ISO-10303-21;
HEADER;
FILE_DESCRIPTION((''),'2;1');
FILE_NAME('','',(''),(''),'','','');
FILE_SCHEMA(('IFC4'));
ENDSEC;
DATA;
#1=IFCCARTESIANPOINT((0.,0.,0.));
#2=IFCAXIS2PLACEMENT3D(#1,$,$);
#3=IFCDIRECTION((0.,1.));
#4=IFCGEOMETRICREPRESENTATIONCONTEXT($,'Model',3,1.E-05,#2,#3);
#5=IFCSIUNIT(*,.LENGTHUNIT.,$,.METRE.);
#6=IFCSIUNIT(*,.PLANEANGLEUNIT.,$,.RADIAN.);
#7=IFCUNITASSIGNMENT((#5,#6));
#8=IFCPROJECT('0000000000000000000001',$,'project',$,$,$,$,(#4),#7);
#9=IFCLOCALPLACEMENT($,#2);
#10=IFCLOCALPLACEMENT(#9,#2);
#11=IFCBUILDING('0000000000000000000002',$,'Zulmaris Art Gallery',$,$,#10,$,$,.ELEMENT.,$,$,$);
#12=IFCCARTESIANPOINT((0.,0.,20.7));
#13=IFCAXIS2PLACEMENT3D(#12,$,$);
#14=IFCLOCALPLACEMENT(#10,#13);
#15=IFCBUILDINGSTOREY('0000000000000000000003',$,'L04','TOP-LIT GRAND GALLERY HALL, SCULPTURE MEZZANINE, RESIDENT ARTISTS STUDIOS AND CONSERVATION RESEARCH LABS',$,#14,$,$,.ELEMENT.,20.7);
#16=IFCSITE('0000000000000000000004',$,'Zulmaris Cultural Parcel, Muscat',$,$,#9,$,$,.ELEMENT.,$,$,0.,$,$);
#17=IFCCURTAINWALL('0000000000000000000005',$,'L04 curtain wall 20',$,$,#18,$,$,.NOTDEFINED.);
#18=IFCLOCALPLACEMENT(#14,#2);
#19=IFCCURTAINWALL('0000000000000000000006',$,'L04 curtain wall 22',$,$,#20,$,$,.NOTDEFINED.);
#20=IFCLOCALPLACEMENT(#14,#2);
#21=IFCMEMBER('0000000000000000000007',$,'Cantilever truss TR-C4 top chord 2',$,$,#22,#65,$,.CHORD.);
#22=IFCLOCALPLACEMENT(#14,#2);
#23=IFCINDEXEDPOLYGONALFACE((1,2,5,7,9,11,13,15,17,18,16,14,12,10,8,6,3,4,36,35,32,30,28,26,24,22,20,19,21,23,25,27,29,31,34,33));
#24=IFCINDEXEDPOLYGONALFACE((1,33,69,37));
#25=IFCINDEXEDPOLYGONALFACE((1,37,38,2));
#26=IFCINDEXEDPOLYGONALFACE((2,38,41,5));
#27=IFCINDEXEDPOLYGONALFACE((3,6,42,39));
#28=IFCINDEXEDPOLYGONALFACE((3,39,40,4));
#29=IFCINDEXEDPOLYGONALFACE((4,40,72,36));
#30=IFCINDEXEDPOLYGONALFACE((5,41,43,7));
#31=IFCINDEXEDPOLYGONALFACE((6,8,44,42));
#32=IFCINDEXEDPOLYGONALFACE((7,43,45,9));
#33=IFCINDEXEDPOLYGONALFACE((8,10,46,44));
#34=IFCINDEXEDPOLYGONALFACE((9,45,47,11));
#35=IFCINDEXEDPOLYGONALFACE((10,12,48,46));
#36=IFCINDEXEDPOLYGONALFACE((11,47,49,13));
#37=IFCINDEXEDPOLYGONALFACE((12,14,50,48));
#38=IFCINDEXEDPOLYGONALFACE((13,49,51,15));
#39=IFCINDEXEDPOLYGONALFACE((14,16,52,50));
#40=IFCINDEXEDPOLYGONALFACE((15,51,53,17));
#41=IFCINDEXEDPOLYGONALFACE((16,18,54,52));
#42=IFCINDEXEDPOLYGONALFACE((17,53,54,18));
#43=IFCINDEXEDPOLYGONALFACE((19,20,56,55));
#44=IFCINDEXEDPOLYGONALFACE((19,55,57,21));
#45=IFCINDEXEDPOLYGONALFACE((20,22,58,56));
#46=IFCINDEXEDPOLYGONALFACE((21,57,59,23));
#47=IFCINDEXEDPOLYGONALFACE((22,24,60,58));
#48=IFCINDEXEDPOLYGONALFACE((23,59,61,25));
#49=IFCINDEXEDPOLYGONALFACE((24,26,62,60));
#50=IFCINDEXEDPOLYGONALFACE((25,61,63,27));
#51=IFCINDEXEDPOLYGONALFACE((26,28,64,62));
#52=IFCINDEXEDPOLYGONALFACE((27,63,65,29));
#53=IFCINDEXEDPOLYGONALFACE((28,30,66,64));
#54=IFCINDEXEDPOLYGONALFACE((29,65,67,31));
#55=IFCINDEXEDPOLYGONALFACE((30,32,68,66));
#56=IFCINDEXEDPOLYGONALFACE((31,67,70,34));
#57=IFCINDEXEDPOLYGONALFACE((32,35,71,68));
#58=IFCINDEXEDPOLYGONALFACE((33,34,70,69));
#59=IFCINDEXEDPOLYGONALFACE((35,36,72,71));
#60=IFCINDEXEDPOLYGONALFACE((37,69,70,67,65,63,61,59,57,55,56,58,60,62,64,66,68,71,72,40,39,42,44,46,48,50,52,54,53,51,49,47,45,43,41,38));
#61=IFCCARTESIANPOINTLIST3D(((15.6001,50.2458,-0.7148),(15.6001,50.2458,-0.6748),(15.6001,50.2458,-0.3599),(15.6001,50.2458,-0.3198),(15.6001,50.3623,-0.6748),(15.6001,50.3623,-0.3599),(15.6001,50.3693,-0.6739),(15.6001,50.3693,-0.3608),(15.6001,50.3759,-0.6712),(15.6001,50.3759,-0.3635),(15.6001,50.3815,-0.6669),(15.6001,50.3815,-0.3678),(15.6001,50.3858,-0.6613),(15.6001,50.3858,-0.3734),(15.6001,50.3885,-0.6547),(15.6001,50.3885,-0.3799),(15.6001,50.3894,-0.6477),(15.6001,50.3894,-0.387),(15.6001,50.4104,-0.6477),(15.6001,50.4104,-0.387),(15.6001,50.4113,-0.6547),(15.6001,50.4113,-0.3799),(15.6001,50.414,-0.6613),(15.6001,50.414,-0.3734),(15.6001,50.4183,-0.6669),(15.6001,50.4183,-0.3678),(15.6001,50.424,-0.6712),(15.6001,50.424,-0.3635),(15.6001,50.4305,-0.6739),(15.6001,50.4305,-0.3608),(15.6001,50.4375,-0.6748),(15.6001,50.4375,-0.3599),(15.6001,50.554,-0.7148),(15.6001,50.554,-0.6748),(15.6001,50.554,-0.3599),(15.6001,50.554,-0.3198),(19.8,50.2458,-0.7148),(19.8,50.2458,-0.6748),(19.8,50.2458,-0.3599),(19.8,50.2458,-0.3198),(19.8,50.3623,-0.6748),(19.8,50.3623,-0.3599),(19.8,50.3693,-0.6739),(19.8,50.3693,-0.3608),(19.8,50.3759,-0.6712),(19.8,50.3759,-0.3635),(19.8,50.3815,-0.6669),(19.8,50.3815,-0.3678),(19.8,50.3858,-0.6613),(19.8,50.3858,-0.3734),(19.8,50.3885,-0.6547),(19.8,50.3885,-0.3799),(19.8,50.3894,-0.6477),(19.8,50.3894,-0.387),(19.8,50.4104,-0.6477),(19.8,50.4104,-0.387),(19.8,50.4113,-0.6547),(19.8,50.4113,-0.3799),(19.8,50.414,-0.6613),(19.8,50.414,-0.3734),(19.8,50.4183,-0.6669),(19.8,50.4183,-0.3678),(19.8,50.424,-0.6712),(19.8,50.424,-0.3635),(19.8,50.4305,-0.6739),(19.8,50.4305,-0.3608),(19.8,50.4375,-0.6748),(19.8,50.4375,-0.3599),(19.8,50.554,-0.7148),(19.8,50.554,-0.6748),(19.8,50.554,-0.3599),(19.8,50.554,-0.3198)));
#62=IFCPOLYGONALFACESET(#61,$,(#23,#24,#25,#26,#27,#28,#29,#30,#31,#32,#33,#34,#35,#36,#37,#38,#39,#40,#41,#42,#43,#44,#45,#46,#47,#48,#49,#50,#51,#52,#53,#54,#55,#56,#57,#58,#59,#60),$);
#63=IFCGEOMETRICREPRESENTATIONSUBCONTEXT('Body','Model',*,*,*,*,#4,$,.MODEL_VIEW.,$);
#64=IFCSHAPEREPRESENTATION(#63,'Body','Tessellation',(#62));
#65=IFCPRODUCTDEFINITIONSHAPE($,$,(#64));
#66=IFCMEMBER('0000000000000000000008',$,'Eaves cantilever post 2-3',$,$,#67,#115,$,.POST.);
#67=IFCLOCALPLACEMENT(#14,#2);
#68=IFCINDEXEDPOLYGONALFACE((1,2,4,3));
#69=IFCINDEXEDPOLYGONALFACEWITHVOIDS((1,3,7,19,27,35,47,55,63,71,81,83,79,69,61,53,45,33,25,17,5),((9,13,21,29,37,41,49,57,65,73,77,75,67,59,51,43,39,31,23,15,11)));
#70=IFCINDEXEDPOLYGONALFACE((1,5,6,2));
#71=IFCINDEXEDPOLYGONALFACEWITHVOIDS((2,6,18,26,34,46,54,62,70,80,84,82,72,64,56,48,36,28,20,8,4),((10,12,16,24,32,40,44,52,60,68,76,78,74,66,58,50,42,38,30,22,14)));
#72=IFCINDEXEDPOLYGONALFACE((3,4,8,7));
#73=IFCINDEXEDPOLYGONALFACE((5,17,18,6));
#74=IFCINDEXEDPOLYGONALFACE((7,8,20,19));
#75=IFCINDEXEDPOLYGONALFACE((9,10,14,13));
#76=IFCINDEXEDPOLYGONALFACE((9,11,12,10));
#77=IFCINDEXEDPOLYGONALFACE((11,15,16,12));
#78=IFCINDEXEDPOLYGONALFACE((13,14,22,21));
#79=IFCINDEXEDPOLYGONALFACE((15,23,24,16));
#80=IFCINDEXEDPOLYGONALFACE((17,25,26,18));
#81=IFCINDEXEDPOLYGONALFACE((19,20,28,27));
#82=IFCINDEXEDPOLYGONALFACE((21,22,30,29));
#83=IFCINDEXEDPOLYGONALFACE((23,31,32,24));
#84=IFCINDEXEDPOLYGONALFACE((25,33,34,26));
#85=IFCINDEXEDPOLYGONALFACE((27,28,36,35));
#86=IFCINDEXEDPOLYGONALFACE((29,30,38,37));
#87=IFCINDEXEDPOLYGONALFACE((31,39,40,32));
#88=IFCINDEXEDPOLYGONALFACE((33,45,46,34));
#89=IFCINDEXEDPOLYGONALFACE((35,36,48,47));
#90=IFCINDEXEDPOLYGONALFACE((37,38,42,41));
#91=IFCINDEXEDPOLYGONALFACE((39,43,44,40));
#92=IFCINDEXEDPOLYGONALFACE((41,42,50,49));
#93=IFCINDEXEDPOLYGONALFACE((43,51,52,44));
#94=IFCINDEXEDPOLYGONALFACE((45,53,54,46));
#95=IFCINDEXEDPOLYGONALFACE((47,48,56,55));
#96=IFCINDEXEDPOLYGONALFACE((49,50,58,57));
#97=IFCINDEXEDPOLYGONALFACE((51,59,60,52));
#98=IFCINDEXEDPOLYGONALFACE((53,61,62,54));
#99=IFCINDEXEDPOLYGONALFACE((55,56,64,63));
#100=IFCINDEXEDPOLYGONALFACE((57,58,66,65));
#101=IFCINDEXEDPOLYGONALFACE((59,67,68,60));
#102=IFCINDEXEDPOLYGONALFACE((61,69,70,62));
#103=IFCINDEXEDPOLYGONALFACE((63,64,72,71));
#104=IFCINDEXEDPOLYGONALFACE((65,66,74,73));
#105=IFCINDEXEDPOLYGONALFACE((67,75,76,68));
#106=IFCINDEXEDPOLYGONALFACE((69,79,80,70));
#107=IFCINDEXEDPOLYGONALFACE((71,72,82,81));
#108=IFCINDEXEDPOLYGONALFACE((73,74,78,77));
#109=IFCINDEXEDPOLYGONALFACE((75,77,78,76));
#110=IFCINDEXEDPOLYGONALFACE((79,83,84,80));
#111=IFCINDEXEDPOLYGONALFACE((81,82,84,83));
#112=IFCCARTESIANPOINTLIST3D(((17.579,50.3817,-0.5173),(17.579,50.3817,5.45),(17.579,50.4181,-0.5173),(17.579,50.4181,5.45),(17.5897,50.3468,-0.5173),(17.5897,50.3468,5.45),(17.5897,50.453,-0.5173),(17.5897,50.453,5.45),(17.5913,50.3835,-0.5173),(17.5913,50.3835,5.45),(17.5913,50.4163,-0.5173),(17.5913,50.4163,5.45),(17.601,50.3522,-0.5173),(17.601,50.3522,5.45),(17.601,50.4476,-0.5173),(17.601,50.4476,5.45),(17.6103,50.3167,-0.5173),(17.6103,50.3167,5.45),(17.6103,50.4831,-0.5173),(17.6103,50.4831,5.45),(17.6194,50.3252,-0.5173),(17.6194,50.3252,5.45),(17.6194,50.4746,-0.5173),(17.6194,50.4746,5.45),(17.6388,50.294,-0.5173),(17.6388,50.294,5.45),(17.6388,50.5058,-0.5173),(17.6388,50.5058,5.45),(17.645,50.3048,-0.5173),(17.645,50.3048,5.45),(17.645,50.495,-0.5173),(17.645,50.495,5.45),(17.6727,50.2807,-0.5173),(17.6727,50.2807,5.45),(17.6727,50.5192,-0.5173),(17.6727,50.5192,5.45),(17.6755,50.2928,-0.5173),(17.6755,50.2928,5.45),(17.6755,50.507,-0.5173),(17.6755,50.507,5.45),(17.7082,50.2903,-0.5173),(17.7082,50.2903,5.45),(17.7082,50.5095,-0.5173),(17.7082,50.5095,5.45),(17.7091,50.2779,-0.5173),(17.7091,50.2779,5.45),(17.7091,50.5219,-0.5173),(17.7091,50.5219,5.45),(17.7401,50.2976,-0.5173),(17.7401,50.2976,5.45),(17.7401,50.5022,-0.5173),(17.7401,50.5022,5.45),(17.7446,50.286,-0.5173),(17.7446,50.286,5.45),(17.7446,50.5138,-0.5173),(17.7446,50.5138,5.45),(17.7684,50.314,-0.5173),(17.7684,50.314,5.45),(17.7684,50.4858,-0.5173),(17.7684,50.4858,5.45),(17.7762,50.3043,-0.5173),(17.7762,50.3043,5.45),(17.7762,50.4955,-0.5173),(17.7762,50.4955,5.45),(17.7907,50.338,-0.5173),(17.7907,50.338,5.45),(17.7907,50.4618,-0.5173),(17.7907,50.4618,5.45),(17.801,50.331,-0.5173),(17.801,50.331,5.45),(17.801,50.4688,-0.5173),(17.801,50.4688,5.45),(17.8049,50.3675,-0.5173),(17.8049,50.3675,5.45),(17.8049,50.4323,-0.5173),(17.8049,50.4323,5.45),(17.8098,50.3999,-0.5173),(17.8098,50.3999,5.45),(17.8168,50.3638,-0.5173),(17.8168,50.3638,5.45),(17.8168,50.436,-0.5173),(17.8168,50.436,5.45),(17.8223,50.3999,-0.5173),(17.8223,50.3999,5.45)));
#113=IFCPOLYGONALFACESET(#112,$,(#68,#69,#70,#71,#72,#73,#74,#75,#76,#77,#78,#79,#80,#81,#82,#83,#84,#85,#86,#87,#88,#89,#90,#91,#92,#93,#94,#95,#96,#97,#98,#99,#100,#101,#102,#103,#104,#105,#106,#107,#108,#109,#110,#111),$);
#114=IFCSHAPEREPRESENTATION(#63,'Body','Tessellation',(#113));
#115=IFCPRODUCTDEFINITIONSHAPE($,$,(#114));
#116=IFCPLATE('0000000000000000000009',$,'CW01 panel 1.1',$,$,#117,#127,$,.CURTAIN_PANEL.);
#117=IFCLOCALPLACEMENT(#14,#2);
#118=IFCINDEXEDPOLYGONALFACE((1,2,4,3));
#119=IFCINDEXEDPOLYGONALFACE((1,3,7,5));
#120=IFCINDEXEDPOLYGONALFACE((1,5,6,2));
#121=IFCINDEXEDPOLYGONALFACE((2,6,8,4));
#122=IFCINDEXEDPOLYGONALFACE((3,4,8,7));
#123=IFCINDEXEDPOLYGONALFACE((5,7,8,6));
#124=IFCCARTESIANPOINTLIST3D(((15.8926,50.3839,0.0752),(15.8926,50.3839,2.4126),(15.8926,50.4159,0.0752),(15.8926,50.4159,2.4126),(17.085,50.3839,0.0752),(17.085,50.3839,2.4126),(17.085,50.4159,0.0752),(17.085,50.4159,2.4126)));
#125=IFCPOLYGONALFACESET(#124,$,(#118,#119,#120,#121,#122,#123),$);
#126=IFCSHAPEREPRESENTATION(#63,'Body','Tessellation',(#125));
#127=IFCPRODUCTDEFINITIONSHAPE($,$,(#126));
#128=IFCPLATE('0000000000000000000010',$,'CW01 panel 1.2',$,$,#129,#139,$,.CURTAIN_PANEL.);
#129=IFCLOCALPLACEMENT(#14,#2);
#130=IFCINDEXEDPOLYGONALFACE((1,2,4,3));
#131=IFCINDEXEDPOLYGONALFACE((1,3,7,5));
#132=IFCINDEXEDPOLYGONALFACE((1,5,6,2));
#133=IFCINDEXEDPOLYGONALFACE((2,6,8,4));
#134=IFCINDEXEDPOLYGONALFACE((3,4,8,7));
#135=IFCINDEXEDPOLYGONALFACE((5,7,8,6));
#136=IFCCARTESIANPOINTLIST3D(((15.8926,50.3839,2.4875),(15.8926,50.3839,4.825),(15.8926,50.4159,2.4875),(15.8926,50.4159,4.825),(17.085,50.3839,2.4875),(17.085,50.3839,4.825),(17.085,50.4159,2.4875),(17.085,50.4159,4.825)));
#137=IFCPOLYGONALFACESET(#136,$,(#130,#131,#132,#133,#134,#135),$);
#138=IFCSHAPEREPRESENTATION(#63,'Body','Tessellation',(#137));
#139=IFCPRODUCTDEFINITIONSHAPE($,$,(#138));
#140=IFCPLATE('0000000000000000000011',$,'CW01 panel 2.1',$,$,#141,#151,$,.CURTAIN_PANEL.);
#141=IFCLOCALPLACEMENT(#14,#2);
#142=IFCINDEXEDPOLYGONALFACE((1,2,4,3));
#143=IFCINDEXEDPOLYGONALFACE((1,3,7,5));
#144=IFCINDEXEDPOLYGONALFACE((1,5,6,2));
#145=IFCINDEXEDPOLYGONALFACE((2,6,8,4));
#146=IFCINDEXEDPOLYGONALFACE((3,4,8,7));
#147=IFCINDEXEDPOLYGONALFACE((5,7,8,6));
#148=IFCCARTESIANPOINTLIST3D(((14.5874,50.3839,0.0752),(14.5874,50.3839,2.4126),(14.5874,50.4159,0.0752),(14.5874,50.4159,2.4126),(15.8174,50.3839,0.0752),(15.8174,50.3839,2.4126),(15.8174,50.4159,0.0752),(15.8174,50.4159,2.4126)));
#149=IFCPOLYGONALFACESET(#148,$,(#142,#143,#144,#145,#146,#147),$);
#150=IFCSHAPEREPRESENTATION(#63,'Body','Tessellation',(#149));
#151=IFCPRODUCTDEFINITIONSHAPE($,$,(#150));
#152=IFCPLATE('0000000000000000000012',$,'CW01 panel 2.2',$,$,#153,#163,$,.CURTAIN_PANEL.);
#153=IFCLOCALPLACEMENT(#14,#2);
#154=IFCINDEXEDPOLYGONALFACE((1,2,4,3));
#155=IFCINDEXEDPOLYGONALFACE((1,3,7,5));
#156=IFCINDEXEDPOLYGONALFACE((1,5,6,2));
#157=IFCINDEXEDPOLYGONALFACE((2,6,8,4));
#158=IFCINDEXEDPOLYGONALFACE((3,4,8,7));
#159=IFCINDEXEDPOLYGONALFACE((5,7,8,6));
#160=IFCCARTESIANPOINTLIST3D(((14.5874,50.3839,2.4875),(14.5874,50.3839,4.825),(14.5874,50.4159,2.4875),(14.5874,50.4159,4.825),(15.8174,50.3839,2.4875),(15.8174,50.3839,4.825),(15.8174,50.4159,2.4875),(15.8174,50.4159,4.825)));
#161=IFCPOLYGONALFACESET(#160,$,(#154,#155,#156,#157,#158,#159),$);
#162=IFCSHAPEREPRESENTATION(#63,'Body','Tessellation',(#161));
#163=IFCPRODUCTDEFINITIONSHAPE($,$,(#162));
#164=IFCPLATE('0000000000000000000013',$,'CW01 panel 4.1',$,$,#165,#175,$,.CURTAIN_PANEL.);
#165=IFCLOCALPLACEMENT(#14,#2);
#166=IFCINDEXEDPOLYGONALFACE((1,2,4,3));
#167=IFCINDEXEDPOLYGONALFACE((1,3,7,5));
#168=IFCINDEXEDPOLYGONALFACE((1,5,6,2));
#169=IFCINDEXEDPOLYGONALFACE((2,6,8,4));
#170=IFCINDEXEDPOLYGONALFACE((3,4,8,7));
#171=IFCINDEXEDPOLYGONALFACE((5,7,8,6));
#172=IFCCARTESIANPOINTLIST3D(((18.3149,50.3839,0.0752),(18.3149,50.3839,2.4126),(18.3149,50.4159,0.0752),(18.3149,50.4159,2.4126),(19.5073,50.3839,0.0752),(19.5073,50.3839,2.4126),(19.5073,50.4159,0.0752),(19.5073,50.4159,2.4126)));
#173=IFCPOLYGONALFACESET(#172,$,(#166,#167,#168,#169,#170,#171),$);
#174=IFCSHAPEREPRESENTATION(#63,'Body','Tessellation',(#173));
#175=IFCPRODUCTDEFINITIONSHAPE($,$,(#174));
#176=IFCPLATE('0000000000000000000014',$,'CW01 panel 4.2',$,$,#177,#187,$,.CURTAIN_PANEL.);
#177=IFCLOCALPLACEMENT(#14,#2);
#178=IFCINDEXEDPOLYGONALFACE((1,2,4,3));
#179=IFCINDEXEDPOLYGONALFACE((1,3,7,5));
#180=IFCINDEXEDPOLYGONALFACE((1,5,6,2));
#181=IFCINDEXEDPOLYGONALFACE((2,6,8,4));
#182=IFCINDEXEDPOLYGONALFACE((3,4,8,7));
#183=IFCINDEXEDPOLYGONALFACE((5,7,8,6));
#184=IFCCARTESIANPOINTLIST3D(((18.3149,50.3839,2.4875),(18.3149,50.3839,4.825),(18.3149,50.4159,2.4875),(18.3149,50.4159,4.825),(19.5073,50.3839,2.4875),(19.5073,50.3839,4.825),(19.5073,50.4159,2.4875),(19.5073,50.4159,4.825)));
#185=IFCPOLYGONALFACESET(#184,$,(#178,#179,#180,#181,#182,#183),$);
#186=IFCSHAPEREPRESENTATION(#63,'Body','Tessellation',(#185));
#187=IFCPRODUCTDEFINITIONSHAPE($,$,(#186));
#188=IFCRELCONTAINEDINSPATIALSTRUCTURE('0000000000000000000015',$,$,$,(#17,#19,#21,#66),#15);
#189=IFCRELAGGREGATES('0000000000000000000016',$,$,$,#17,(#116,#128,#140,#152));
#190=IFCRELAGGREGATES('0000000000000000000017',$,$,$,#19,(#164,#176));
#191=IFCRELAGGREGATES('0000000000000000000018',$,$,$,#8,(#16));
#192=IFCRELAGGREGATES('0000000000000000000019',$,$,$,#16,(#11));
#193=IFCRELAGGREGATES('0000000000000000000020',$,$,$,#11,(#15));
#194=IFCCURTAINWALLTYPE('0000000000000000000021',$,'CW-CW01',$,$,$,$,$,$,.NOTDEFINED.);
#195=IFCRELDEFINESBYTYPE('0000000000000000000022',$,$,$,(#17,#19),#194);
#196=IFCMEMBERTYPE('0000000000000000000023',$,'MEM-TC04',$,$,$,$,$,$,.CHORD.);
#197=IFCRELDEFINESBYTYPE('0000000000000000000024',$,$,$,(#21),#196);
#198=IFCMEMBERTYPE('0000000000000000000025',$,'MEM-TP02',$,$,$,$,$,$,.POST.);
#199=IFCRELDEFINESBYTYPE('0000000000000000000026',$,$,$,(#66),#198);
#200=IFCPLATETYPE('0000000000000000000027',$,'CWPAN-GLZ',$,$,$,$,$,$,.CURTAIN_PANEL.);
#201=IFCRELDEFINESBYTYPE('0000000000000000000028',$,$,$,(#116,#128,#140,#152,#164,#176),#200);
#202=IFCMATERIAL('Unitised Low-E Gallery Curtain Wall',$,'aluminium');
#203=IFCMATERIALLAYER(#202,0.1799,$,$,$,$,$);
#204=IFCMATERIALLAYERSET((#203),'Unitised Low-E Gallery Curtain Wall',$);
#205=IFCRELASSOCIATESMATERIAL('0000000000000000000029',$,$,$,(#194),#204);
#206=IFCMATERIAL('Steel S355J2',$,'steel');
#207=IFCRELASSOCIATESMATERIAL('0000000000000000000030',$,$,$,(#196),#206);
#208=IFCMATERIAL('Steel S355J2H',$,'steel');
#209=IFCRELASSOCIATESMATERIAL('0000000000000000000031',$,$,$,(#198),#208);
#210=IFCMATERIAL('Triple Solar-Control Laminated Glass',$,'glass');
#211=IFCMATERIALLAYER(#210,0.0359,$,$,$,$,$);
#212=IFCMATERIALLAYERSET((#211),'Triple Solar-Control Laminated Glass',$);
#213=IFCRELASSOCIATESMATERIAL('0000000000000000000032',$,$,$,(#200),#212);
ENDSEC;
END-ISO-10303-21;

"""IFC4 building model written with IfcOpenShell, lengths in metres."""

from ifc_helpers import new_model, si_unit, direction, frame, origin, origin_2d, place, context, subcontext, project, spatial, rectangle, hollow_circle, i_section, extrude, material, layer, layer_set, material_profile, profile_set, type_object, element, aggregate, save


model = new_model("IFC4")

# Units and contexts
model_context = context("Model", 3, precision=1e-05, world=origin(), true_north=direction((0.0, 1.0)))
body_context = subcontext(model_context, "Body", "Model", "MODEL_VIEW")
ifc_project = project(units=[si_unit("LENGTHUNIT", "METRE"), si_unit("PLANEANGLEUNIT", "RADIAN")], contexts=[model_context])

# Site, building, storey
site_placement = place(None, origin())
site = spatial("IfcSite", under=ifc_project, at=site_placement, Name="Zulmaris Cultural Parcel, Muscat", CompositionType="ELEMENT", RefElevation=0.0)
building_placement = place(site_placement, origin())
building = spatial("IfcBuilding", under=site, at=building_placement, Name="Zulmaris Art Gallery", CompositionType="ELEMENT")
storey_placement = place(building_placement, frame((0.0, 0.0, 20.7)))
storey = spatial("IfcBuildingStorey", under=building, at=storey_placement, Name="L04", Description="TOP-LIT GRAND GALLERY HALL, SCULPTURE MEZZANINE, RESIDENT ARTISTS STUDIOS AND CONSERVATION RESEARCH LABS", CompositionType="ELEMENT", Elevation=20.7)

# Curtain wall
ifc_material_1 = material(Name="Unitised Low-E Gallery Curtain Wall", Category="aluminium")
ifc_layer_1 = layer(ifc_material_1, 0.1799)
ifc_layer_set_1 = layer_set([ifc_layer_1], Name="Unitised Low-E Gallery Curtain Wall")
curtain_wall_type = type_object("IfcCurtainWallType", Name="CW-CW01", PredefinedType="NOTDEFINED", material=ifc_layer_set_1)
curtain_wall_1_placement = place(storey_placement, origin())
curtain_wall_1 = element("IfcCurtainWall", 1, at=curtain_wall_1_placement, inside=storey, type_object=curtain_wall_type, Name="L04 curtain wall 20", PredefinedType="NOTDEFINED")

# Curtain wall
curtain_wall_2_placement = place(storey_placement, origin())
curtain_wall_2 = element("IfcCurtainWall", 2, at=curtain_wall_2_placement, inside=storey, type_object=curtain_wall_type, Name="L04 curtain wall 22", PredefinedType="NOTDEFINED")

# Members
ifc_material_2 = material(Name="Steel S355J2H", Category="steel")
ifc_material_3 = material(Name="Steel S355J2", Category="steel")
ifc_material_profile_1 = material_profile(ifc_material_3, i_section(OverallWidth=0.3081, OverallDepth=0.395, WebThickness=0.021, FlangeThickness=0.04, FilletRadius=0.0271, at=origin_2d()), Name="HEM 360")
ifc_profile_set_1 = profile_set([ifc_material_profile_1], Name="Steel S355J2")
member_type_1 = type_object("IfcMemberType", Name="MEM-TC04", PredefinedType="CHORD", material=ifc_profile_set_1)
member_1_placement = place(storey_placement, frame((15.6001, 50.3999, -0.5173), z_axis=(1.0, 0.0, 0.0), x_axis=(0.0, 1.0, 0.0)))
element("IfcMember", 3, at=member_1_placement, inside=storey, type_object=member_type_1, Name="Cantilever truss TR-C4 top chord 2", PredefinedType="CHORD", context=body_context, shape_type="SweptSolid", body=[
    extrude(i_section(OverallWidth=0.3081, OverallDepth=0.395, WebThickness=0.021, FlangeThickness=0.04, FilletRadius=0.0271, at=origin_2d()), origin(), (0.0, 0.0, 1.0), 4.2),
])
ifc_material_profile_2 = material_profile(ifc_material_2, hollow_circle(Radius=0.1223, WallThickness=0.0125, at=origin_2d()), Name="CHS 244.5x12.5")
ifc_profile_set_2 = profile_set([ifc_material_profile_2], Name="Steel S355J2H")
member_type_2 = type_object("IfcMemberType", Name="MEM-TP02", PredefinedType="POST", material=ifc_profile_set_2)
member_2_placement = place(storey_placement, frame((17.7, 50.3999, -0.5173), z_axis=(0.0, 0.0, 1.0), x_axis=(1.0, 0.0, 0.0)))
element("IfcMember", 4, at=member_2_placement, inside=storey, type_object=member_type_2, Name="Eaves cantilever post 2-3", PredefinedType="POST", context=body_context, shape_type="SweptSolid", body=[
    extrude(hollow_circle(Radius=0.1223, WallThickness=0.0125, at=origin_2d()), origin(), (0.0, 0.0, 1.0), 5.9673),
])

# Plates
ifc_material_4 = material(Name="Triple Solar-Control Laminated Glass", Category="glass")
ifc_layer_2 = layer(ifc_material_4, 0.0359)
ifc_layer_set_2 = layer_set([ifc_layer_2], Name="Triple Solar-Control Laminated Glass")
plate_type_1 = type_object("IfcPlateType", Name="CWPAN-GLZ", PredefinedType="CURTAIN_PANEL", material=ifc_layer_set_2)
plate_1_placement = place(storey_placement, frame((16.4888, 50.3999, 0.0752), z_axis=(0.0, 0.0, 1.0), x_axis=(-1.0, 0.0, 0.0)))
plate_1 = element("IfcPlate", 5, at=plate_1_placement, type_object=plate_type_1, Name="CW01 panel 1.1", PredefinedType="CURTAIN_PANEL", context=body_context, shape_type="SweptSolid", body=[
    extrude(rectangle(XDim=1.1924, YDim=0.032, at=origin_2d()), origin(), (0.0, 0.0, 1.0), 2.3374),
])
plate_2_placement = place(storey_placement, frame((16.4888, 50.3999, 2.4875), z_axis=(0.0, 0.0, 1.0), x_axis=(-1.0, 0.0, 0.0)))
plate_2 = element("IfcPlate", 6, at=plate_2_placement, type_object=plate_type_1, Name="CW01 panel 1.2", PredefinedType="CURTAIN_PANEL", context=body_context, shape_type="SweptSolid", body=[
    extrude(rectangle(XDim=1.1924, YDim=0.032, at=origin_2d()), origin(), (0.0, 0.0, 1.0), 2.3374),
])
plate_3_placement = place(storey_placement, frame((15.2024, 50.3999, 0.0752), z_axis=(0.0, 0.0, 1.0), x_axis=(-1.0, 0.0, 0.0)))
plate_3 = element("IfcPlate", 7, at=plate_3_placement, type_object=plate_type_1, Name="CW01 panel 2.1", PredefinedType="CURTAIN_PANEL", context=body_context, shape_type="SweptSolid", body=[
    extrude(rectangle(XDim=1.23, YDim=0.032, at=origin_2d()), origin(), (0.0, 0.0, 1.0), 2.3374),
])
plate_4_placement = place(storey_placement, frame((15.2024, 50.3999, 2.4875), z_axis=(0.0, 0.0, 1.0), x_axis=(-1.0, 0.0, 0.0)))
plate_4 = element("IfcPlate", 8, at=plate_4_placement, type_object=plate_type_1, Name="CW01 panel 2.2", PredefinedType="CURTAIN_PANEL", context=body_context, shape_type="SweptSolid", body=[
    extrude(rectangle(XDim=1.23, YDim=0.032, at=origin_2d()), origin(), (0.0, 0.0, 1.0), 2.3374),
])
aggregate(curtain_wall_1, [plate_1, plate_2, plate_3, plate_4])
plate_5_placement = place(storey_placement, frame((18.9111, 50.3999, 0.0752), z_axis=(0.0, 0.0, 1.0), x_axis=(-1.0, 0.0, 0.0)))
plate_5 = element("IfcPlate", 9, at=plate_5_placement, type_object=plate_type_1, Name="CW01 panel 4.1", PredefinedType="CURTAIN_PANEL", context=body_context, shape_type="SweptSolid", body=[
    extrude(rectangle(XDim=1.1924, YDim=0.032, at=origin_2d()), origin(), (0.0, 0.0, 1.0), 2.3374),
])
plate_6_placement = place(storey_placement, frame((18.9111, 50.3999, 2.4875), z_axis=(0.0, 0.0, 1.0), x_axis=(-1.0, 0.0, 0.0)))
plate_6 = element("IfcPlate", 10, at=plate_6_placement, type_object=plate_type_1, Name="CW01 panel 4.2", PredefinedType="CURTAIN_PANEL", context=body_context, shape_type="SweptSolid", body=[
    extrude(rectangle(XDim=1.1924, YDim=0.032, at=origin_2d()), origin(), (0.0, 0.0, 1.0), 2.3374),
])
aggregate(curtain_wall_2, [plate_5, plate_6])

save(model, "model.ifc")
